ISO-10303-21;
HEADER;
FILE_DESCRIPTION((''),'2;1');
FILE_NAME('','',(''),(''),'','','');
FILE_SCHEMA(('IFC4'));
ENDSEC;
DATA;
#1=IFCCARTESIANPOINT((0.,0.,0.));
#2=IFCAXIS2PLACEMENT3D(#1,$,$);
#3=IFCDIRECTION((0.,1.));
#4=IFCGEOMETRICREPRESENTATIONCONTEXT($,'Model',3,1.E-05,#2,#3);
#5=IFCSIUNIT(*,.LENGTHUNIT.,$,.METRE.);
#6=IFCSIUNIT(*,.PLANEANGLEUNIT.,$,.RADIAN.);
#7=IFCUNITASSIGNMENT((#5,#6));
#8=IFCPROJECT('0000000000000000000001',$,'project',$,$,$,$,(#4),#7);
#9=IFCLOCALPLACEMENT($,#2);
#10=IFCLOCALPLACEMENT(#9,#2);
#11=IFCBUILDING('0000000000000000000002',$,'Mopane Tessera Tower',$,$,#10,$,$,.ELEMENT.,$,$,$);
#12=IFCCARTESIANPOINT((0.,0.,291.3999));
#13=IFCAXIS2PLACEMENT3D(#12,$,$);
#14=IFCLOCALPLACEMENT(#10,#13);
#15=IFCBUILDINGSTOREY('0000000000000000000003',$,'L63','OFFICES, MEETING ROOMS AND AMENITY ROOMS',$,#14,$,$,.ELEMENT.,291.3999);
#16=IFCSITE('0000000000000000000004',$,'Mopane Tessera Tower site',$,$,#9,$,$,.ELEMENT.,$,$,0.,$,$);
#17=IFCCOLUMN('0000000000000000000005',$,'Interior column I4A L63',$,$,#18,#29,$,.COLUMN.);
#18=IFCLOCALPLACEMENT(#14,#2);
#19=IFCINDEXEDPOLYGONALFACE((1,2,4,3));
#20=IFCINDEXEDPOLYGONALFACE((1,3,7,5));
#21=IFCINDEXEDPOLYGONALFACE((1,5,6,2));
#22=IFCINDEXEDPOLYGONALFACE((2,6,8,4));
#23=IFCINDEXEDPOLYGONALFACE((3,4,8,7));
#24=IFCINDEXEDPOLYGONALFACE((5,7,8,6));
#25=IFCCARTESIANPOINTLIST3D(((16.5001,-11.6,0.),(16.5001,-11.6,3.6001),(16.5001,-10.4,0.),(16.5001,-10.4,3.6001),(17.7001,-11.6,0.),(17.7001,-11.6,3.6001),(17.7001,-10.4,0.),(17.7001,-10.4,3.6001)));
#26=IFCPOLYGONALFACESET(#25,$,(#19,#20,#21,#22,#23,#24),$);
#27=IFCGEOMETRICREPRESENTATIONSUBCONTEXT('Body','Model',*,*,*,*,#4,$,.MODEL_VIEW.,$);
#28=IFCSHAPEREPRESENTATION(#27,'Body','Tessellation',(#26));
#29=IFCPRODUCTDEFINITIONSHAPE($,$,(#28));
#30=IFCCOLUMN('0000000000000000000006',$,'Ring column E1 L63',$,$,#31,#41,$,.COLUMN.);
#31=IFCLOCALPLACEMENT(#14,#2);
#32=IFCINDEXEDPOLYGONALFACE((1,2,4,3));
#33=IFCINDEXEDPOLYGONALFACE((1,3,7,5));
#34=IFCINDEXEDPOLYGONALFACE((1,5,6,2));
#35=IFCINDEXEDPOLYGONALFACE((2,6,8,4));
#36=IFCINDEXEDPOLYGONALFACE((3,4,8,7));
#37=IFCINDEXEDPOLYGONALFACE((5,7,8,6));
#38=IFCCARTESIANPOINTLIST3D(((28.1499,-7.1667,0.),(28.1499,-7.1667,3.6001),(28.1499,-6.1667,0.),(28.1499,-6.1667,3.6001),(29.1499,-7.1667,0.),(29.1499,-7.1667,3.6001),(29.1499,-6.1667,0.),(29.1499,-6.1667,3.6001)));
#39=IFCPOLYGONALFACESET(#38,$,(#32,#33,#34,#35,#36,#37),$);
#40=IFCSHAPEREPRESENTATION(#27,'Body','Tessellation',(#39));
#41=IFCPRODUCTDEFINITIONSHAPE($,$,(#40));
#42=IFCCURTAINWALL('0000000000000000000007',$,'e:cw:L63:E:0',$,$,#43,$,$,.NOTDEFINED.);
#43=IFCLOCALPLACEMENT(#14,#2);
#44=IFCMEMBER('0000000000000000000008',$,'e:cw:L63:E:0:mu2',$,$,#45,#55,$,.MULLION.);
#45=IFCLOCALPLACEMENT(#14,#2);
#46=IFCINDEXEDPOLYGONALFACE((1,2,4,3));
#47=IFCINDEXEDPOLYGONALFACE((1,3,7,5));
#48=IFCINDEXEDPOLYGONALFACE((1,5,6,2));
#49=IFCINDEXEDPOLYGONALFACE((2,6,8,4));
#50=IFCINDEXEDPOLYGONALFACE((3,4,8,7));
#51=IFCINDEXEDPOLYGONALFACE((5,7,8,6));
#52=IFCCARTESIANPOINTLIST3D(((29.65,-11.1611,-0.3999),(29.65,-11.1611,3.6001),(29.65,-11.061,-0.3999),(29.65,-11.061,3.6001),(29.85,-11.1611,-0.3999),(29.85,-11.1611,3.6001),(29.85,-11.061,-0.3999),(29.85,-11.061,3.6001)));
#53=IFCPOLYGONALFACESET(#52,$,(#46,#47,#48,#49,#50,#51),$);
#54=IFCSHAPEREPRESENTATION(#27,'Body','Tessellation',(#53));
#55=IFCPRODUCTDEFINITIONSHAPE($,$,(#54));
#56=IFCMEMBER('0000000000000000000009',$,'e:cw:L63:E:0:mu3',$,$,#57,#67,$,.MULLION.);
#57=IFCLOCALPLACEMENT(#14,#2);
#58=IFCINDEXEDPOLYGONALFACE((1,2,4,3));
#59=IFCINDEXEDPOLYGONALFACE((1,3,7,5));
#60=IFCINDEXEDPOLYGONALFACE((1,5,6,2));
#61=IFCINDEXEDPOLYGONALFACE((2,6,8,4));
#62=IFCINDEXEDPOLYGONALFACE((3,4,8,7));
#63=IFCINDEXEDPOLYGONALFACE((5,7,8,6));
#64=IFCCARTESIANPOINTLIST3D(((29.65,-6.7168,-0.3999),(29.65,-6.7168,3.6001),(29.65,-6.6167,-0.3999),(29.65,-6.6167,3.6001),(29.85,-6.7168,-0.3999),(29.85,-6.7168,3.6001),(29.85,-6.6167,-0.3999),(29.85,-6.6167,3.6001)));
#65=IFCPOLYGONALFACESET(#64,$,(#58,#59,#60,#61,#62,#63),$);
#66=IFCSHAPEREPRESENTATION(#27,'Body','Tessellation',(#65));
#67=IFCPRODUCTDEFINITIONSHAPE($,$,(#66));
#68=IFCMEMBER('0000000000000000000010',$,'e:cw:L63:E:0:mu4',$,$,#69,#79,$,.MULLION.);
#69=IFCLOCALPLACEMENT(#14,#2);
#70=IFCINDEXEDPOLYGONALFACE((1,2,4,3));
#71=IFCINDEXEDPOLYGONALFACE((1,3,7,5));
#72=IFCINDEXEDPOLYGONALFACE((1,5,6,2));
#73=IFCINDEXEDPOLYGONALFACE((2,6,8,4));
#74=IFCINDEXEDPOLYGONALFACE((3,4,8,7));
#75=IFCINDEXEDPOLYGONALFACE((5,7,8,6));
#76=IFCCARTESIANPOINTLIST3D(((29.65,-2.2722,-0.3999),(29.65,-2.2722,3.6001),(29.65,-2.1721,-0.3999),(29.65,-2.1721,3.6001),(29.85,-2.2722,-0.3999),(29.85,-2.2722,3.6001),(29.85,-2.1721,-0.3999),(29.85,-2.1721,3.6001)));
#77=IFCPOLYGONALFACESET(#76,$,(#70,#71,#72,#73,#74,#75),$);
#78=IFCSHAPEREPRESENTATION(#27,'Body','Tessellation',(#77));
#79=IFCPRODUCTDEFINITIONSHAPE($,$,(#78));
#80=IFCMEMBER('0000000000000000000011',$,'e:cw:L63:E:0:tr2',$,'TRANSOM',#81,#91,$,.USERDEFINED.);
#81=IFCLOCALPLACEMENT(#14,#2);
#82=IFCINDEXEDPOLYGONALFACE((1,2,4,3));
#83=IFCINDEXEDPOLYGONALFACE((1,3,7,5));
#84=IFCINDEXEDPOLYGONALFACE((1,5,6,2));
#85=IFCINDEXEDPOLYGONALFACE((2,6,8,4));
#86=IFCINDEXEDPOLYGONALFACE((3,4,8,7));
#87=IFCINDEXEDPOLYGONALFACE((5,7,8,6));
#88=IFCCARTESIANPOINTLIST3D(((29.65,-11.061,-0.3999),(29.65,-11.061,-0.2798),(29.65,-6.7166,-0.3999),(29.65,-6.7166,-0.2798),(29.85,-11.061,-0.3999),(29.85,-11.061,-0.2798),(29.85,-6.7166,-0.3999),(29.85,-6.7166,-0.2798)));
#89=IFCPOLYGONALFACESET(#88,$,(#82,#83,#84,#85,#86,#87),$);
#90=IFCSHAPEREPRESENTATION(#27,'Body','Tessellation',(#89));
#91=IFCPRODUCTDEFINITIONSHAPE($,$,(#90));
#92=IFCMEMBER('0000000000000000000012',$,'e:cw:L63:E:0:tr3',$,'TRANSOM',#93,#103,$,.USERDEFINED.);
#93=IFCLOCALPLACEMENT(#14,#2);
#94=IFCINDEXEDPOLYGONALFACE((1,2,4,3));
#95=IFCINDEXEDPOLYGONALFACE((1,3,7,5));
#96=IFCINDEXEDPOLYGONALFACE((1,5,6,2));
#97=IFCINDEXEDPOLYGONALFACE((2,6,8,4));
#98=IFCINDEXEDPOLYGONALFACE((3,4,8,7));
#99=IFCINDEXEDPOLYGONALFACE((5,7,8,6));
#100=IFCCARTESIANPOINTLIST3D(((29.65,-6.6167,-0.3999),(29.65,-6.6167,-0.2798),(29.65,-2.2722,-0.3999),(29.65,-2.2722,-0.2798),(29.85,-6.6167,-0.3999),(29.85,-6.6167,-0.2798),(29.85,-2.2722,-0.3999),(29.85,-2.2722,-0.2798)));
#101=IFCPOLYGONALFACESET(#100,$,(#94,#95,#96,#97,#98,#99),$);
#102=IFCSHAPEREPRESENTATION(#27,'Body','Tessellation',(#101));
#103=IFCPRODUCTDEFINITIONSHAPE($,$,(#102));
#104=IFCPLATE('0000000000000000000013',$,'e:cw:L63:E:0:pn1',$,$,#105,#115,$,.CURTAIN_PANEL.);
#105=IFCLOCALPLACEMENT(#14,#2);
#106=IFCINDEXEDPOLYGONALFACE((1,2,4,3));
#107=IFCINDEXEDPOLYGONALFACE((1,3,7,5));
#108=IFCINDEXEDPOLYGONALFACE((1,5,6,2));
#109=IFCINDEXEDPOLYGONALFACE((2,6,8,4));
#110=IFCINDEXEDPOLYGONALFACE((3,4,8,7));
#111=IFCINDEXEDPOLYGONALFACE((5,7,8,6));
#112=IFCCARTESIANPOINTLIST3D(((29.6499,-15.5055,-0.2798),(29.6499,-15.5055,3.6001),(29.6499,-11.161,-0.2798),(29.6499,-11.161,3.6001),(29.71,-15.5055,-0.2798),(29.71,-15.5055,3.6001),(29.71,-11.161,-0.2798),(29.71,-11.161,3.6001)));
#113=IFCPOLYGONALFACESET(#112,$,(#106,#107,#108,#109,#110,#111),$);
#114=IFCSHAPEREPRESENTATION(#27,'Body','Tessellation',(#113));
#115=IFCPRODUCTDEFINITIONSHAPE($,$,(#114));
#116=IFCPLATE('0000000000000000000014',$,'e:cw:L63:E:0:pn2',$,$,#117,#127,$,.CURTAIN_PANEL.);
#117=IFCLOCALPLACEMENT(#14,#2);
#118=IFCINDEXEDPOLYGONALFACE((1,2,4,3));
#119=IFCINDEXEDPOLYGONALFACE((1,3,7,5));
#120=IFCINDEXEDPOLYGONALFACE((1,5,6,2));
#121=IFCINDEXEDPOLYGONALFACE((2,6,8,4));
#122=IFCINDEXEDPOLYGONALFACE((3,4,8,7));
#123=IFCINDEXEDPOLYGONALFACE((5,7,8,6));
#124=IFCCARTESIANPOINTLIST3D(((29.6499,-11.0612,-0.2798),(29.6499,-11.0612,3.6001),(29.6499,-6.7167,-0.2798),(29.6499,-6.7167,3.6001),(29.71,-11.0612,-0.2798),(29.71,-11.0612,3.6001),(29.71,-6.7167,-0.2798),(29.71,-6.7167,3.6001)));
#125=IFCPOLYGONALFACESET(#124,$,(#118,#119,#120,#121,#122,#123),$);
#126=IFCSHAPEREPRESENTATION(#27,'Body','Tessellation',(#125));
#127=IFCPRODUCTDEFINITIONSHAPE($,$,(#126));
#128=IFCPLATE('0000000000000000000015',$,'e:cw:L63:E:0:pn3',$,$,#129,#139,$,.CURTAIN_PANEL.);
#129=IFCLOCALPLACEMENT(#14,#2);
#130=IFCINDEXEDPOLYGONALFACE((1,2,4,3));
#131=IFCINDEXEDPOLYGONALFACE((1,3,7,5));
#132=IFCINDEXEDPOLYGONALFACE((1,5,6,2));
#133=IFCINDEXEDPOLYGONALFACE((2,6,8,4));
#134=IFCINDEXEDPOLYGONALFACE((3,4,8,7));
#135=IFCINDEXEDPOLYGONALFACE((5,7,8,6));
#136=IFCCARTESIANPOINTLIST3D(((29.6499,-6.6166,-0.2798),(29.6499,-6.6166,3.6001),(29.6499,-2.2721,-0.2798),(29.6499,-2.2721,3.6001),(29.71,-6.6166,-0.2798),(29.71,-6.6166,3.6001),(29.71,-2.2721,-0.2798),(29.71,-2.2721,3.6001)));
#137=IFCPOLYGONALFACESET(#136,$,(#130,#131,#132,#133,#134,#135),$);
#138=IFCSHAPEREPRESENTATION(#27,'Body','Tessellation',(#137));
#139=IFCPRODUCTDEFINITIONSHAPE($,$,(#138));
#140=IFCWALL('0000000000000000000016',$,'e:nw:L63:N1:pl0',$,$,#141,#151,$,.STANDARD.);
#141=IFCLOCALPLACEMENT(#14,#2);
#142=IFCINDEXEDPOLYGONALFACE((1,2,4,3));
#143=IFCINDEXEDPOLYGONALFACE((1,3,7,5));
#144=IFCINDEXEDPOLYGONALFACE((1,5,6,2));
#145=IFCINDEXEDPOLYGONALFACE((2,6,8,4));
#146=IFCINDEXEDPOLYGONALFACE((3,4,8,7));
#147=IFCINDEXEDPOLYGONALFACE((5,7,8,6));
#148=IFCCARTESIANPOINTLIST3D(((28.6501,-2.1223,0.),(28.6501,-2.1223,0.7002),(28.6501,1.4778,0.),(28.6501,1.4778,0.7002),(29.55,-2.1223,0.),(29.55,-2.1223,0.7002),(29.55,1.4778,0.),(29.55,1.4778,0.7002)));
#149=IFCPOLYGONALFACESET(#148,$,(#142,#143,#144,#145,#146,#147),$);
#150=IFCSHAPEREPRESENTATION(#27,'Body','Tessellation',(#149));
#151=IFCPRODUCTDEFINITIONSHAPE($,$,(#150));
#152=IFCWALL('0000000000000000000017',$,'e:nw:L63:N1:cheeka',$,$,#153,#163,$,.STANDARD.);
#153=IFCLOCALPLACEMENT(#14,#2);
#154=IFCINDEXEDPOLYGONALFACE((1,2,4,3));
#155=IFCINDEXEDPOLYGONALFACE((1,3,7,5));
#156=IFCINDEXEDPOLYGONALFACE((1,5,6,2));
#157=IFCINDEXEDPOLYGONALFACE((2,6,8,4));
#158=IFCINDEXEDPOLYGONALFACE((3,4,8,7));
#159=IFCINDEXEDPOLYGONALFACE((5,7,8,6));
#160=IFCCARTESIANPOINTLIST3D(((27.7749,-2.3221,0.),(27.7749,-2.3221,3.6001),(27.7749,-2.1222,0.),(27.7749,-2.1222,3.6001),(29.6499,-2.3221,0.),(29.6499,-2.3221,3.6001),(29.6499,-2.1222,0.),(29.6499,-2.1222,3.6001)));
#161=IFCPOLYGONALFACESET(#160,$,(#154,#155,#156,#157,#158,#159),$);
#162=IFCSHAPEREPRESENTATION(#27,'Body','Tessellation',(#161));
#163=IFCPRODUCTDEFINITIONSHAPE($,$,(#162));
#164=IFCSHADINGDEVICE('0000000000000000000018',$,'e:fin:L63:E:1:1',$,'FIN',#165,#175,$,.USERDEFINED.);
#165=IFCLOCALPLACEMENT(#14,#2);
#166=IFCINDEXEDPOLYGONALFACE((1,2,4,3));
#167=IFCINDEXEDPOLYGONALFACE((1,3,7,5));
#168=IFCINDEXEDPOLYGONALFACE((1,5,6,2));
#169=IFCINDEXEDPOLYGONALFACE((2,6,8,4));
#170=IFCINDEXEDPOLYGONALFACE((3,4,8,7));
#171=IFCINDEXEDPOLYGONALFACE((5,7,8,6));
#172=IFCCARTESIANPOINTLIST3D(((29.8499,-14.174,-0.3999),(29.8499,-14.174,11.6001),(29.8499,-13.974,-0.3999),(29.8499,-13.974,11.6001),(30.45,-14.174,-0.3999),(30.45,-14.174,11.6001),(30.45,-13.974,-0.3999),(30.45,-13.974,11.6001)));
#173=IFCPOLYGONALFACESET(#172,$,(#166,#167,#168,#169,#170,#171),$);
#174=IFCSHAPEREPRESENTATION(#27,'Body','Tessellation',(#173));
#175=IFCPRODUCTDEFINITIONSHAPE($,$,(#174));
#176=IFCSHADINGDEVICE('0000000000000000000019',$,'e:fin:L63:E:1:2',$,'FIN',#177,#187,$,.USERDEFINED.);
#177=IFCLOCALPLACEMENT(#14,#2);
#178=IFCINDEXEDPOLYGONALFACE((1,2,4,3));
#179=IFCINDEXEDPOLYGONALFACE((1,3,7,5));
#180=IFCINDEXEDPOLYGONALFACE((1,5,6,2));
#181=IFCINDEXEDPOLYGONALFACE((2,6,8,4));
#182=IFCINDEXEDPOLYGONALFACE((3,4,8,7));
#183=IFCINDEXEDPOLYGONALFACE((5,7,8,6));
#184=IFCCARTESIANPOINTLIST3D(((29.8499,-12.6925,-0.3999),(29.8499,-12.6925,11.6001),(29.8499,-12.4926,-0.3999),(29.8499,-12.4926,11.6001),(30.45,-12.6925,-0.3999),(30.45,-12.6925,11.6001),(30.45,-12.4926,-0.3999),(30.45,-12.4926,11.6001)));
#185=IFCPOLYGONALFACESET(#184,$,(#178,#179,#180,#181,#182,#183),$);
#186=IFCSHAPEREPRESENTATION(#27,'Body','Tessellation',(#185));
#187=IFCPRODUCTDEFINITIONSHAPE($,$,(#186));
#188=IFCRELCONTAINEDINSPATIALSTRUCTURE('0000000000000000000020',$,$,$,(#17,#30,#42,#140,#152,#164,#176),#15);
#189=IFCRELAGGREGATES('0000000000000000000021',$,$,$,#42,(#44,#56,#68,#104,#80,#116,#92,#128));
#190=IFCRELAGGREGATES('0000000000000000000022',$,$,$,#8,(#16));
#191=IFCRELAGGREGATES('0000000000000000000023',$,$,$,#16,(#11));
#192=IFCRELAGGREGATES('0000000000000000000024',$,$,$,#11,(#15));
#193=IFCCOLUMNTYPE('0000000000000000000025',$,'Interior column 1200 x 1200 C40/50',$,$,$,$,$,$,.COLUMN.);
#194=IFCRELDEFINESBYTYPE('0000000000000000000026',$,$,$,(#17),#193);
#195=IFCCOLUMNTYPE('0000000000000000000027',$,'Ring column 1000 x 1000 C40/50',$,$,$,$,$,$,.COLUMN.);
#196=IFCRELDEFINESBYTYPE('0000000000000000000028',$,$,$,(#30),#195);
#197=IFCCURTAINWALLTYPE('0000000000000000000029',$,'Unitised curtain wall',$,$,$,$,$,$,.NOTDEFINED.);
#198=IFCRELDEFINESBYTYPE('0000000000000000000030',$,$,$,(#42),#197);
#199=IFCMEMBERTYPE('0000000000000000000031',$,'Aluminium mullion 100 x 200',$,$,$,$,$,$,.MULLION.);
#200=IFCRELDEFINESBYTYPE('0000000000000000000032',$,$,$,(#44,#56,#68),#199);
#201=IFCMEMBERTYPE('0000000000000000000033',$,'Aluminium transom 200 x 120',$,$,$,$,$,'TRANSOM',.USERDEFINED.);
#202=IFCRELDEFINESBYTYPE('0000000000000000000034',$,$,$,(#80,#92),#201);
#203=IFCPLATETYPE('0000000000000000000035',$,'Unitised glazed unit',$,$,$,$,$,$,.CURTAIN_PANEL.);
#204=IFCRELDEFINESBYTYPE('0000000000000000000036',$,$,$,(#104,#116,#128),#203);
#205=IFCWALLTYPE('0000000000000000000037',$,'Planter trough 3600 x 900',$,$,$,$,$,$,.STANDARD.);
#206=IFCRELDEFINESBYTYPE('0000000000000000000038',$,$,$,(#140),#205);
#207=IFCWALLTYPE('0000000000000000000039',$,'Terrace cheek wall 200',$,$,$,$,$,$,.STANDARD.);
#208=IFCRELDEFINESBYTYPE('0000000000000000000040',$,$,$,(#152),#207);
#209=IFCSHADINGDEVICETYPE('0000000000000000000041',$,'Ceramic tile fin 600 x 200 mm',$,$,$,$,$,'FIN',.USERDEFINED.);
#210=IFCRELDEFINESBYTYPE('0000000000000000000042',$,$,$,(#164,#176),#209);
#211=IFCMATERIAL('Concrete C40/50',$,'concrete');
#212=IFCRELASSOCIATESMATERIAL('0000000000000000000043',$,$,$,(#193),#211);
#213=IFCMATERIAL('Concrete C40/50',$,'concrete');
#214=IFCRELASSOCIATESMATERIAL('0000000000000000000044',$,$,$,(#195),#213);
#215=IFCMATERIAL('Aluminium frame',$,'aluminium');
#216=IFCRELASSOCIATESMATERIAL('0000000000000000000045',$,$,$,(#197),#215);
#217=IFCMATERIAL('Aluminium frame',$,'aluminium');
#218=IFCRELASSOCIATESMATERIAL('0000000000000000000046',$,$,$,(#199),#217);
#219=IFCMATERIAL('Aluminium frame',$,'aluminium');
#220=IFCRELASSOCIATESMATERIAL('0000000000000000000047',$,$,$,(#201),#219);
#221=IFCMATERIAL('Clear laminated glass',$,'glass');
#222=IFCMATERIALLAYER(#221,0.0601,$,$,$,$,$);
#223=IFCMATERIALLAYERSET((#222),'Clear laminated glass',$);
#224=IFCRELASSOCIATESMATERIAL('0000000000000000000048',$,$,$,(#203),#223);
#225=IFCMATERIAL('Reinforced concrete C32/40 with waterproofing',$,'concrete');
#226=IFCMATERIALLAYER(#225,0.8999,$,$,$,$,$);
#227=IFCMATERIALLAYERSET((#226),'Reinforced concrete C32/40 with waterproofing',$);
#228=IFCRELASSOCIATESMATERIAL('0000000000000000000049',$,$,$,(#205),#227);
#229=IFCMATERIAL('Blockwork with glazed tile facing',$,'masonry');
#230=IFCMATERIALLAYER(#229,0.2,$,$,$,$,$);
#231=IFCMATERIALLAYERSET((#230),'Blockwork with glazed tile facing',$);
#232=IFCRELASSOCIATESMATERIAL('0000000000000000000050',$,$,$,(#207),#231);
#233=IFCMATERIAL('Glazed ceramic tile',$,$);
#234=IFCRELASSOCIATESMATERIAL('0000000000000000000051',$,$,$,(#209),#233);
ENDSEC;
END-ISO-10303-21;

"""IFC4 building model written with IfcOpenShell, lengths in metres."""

from ifc_helpers import new_model, si_unit, direction, frame, frame_2d, origin, origin_2d, place, context, subcontext, project, spatial, rectangle, extrude, material, layer, layer_set, material_profile, profile_set, type_object, element, aggregate, save


model = new_model("IFC4")

# Units and contexts
model_context = context("Model", 3, precision=1e-05, world=origin(), true_north=direction((0.0, 1.0)))
body_context = subcontext(model_context, "Body", "Model", "MODEL_VIEW")
ifc_project = project(units=[si_unit("LENGTHUNIT", "METRE"), si_unit("PLANEANGLEUNIT", "RADIAN")], contexts=[model_context])

# Site, building, storey
site_placement = place(None, origin())
site = spatial("IfcSite", under=ifc_project, at=site_placement, Name="Mopane Tessera Tower site", CompositionType="ELEMENT", RefElevation=0.0)
building_placement = place(site_placement, origin())
building = spatial("IfcBuilding", under=site, at=building_placement, Name="Mopane Tessera Tower", CompositionType="ELEMENT")
storey_placement = place(building_placement, frame((0.0, 0.0, 291.3999)))
storey = spatial("IfcBuildingStorey", under=building, at=storey_placement, Name="L63", Description="OFFICES, MEETING ROOMS AND AMENITY ROOMS", CompositionType="ELEMENT", Elevation=291.3999)

# Columns
ifc_material_1 = material(Name="Concrete C40/50", Category="concrete")
ifc_material_profile_1 = material_profile(ifc_material_1, rectangle(XDim=1.2, YDim=1.2, at=origin_2d()))
ifc_profile_set_1 = profile_set([ifc_material_profile_1], Name="Concrete C40/50")
column_type_1 = type_object("IfcColumnType", Name="Interior column 1200 x 1200 C40/50", PredefinedType="COLUMN", material=ifc_profile_set_1)
column_1_placement = place(storey_placement, frame((17.1001, -11.0, 0.0), z_axis=(0.0, 0.0, 1.0), x_axis=(1.0, 0.0, 0.0)))
element("IfcColumn", 1, at=column_1_placement, inside=storey, type_object=column_type_1, Name="Interior column I4A L63", PredefinedType="COLUMN", context=body_context, shape_type="SweptSolid", body=[
    extrude(rectangle(XDim=1.2, YDim=1.2, at=origin_2d()), origin(), (0.0, 0.0, 1.0), 3.6001),
])
ifc_material_2 = material(Name="Concrete C40/50", Category="concrete")
ifc_material_profile_2 = material_profile(ifc_material_2, rectangle(XDim=1.0, YDim=1.0, at=origin_2d()))
ifc_profile_set_2 = profile_set([ifc_material_profile_2], Name="Concrete C40/50")
column_type_2 = type_object("IfcColumnType", Name="Ring column 1000 x 1000 C40/50", PredefinedType="COLUMN", material=ifc_profile_set_2)
column_2_placement = place(storey_placement, frame((28.6499, -6.6667, 0.0), z_axis=(0.0, 0.0, 1.0), x_axis=(1.0, 0.0, 0.0)))
element("IfcColumn", 2, at=column_2_placement, inside=storey, type_object=column_type_2, Name="Ring column E1 L63", PredefinedType="COLUMN", context=body_context, shape_type="SweptSolid", body=[
    extrude(rectangle(XDim=1.0, YDim=1.0, at=origin_2d()), origin(), (0.0, 0.0, 1.0), 3.6001),
])

# Curtain wall, members, plates
ifc_material_3 = material(Name="Aluminium frame", Category="aluminium")
curtain_wall_type = type_object("IfcCurtainWallType", Name="Unitised curtain wall", PredefinedType="NOTDEFINED", material=ifc_material_3)
curtain_wall_placement = place(storey_placement, origin())
curtain_wall = element("IfcCurtainWall", 3, at=curtain_wall_placement, inside=storey, type_object=curtain_wall_type, Name="e:cw:L63:E:0", PredefinedType="NOTDEFINED")
ifc_material_4 = material(Name="Aluminium frame", Category="aluminium")
ifc_material_profile_3 = material_profile(ifc_material_4, rectangle(XDim=0.1001, YDim=0.2, at=origin_2d()))
ifc_profile_set_3 = profile_set([ifc_material_profile_3], Name="Aluminium frame")
member_type_1 = type_object("IfcMemberType", Name="Aluminium mullion 100 x 200", PredefinedType="MULLION", material=ifc_profile_set_3)
member_1_placement = place(storey_placement, frame((29.75, -11.1111, -0.3999), z_axis=(0.0, 0.0, 1.0), x_axis=(0.0, 1.0, 0.0)))
member_1 = element("IfcMember", 4, at=member_1_placement, type_object=member_type_1, Name="e:cw:L63:E:0:mu2", PredefinedType="MULLION", context=body_context, shape_type="SweptSolid", body=[
    extrude(rectangle(XDim=0.1001, YDim=0.2, at=origin_2d()), origin(), (0.0, 0.0, 1.0), 4.0),
])
member_2_placement = place(storey_placement, frame((29.75, -6.6667, -0.3999), z_axis=(0.0, 0.0, 1.0), x_axis=(0.0, 1.0, 0.0)))
member_2 = element("IfcMember", 5, at=member_2_placement, type_object=member_type_1, Name="e:cw:L63:E:0:mu3", PredefinedType="MULLION", context=body_context, shape_type="SweptSolid", body=[
    extrude(rectangle(XDim=0.1001, YDim=0.2, at=origin_2d()), origin(), (0.0, 0.0, 1.0), 4.0),
])
member_3_placement = place(storey_placement, frame((29.75, -2.2222, -0.3999), z_axis=(0.0, 0.0, 1.0), x_axis=(0.0, 1.0, 0.0)))
member_3 = element("IfcMember", 6, at=member_3_placement, type_object=member_type_1, Name="e:cw:L63:E:0:mu4", PredefinedType="MULLION", context=body_context, shape_type="SweptSolid", body=[
    extrude(rectangle(XDim=0.1001, YDim=0.2, at=origin_2d()), origin(), (0.0, 0.0, 1.0), 4.0),
])
ifc_material_5 = material(Name="Aluminium frame", Category="aluminium")
ifc_material_profile_4 = material_profile(ifc_material_5, rectangle(XDim=0.2, YDim=0.1201, at=origin_2d()))
ifc_profile_set_4 = profile_set([ifc_material_profile_4], Name="Aluminium frame")
member_type_2 = type_object("IfcMemberType", Name="Aluminium transom 200 x 120", ElementType="TRANSOM", PredefinedType="USERDEFINED", material=ifc_profile_set_4)
member_4_placement = place(storey_placement, frame((29.75, -11.061, -0.3398), z_axis=(0.0, 1.0, 0.0), x_axis=(-1.0, 0.0, 0.0)))
member_4 = element("IfcMember", 7, at=member_4_placement, type_object=member_type_2, Name="e:cw:L63:E:0:tr2", ObjectType="TRANSOM", PredefinedType="USERDEFINED", context=body_context, shape_type="SweptSolid", body=[
    extrude(rectangle(XDim=0.2, YDim=0.1201, at=origin_2d()), origin(), (0.0, 0.0, 1.0), 4.3445),
])
member_5_placement = place(storey_placement, frame((29.75, -6.6167, -0.3398), z_axis=(0.0, 1.0, 0.0), x_axis=(-1.0, 0.0, 0.0)))
member_5 = element("IfcMember", 8, at=member_5_placement, type_object=member_type_2, Name="e:cw:L63:E:0:tr3", ObjectType="TRANSOM", PredefinedType="USERDEFINED", context=body_context, shape_type="SweptSolid", body=[
    extrude(rectangle(XDim=0.2, YDim=0.1201, at=origin_2d()), origin(), (0.0, 0.0, 1.0), 4.3445),
])
ifc_material_6 = material(Name="Clear laminated glass", Category="glass")
ifc_layer_1 = layer(ifc_material_6, 0.0601)
ifc_layer_set_1 = layer_set([ifc_layer_1], Name="Clear laminated glass")
plate_type = type_object("IfcPlateType", Name="Unitised glazed unit", PredefinedType="CURTAIN_PANEL", material=ifc_layer_set_1)
plate_1_placement = place(storey_placement, frame((29.6799, -13.3333, -0.2798), z_axis=(0.0, 0.0, 1.0), x_axis=(0.0, 1.0, 0.0)))
plate_1 = element("IfcPlate", 9, at=plate_1_placement, type_object=plate_type, Name="e:cw:L63:E:0:pn1", PredefinedType="CURTAIN_PANEL", context=body_context, shape_type="SweptSolid", body=[
    extrude(rectangle(XDim=4.3445, YDim=0.0601, at=origin_2d()), origin(), (0.0, 0.0, 1.0), 3.8799),
])
plate_2_placement = place(storey_placement, frame((29.6799, -8.8889, -0.2798), z_axis=(0.0, 0.0, 1.0), x_axis=(0.0, 1.0, 0.0)))
plate_2 = element("IfcPlate", 10, at=plate_2_placement, type_object=plate_type, Name="e:cw:L63:E:0:pn2", PredefinedType="CURTAIN_PANEL", context=body_context, shape_type="SweptSolid", body=[
    extrude(rectangle(XDim=4.3445, YDim=0.0601, at=origin_2d()), origin(), (0.0, 0.0, 1.0), 3.8799),
])
plate_3_placement = place(storey_placement, frame((29.6799, -4.4443, -0.2798), z_axis=(0.0, 0.0, 1.0), x_axis=(0.0, 1.0, 0.0)))
plate_3 = element("IfcPlate", 11, at=plate_3_placement, type_object=plate_type, Name="e:cw:L63:E:0:pn3", PredefinedType="CURTAIN_PANEL", context=body_context, shape_type="SweptSolid", body=[
    extrude(rectangle(XDim=4.3445, YDim=0.0601, at=origin_2d()), origin(), (0.0, 0.0, 1.0), 3.8799),
])
aggregate(curtain_wall, [member_1, member_2, member_3, plate_1, member_4, plate_2, member_5, plate_3])

# Walls
ifc_material_7 = material(Name="Reinforced concrete C32/40 with waterproofing", Category="concrete")
ifc_layer_2 = layer(ifc_material_7, 0.8999)
ifc_layer_set_2 = layer_set([ifc_layer_2], Name="Reinforced concrete C32/40 with waterproofing")
wall_type_1 = type_object("IfcWallType", Name="Planter trough 3600 x 900", PredefinedType="STANDARD", material=ifc_layer_set_2)
wall_1_placement = place(storey_placement, frame((29.1001, -2.1223, 0.0), z_axis=(0.0, 0.0, 1.0), x_axis=(0.0, 1.0, 0.0)))
element("IfcWall", 12, at=wall_1_placement, inside=storey, type_object=wall_type_1, Name="e:nw:L63:N1:pl0", PredefinedType="STANDARD", context=body_context, shape_type="SweptSolid", body=[
    extrude(rectangle(XDim=3.6001, YDim=0.8999, at=frame_2d((1.8, 0.0))), origin(), (0.0, 0.0, 1.0), 0.7002),
])
ifc_material_8 = material(Name="Blockwork with glazed tile facing", Category="masonry")
ifc_layer_3 = layer(ifc_material_8, 0.2)
ifc_layer_set_3 = layer_set([ifc_layer_3], Name="Blockwork with glazed tile facing")
wall_type_2 = type_object("IfcWallType", Name="Terrace cheek wall 200", PredefinedType="STANDARD", material=ifc_layer_set_3)
wall_2_placement = place(storey_placement, frame((29.6499, -2.2222, 0.0), z_axis=(0.0, 0.0, 1.0), x_axis=(-1.0, 0.0, 0.0)))
element("IfcWall", 13, at=wall_2_placement, inside=storey, type_object=wall_type_2, Name="e:nw:L63:N1:cheeka", PredefinedType="STANDARD", context=body_context, shape_type="SweptSolid", body=[
    extrude(rectangle(XDim=1.875, YDim=0.2, at=frame_2d((0.9375, 0.0))), origin(), (0.0, 0.0, 1.0), 3.6001),
])

# Shading devices
ifc_material_9 = material(Name="Glazed ceramic tile")
shading_device_type = type_object("IfcShadingDeviceType", Name="Ceramic tile fin 600 x 200 mm", ElementType="FIN", PredefinedType="USERDEFINED", material=ifc_material_9)
for number, where, z_axis, x_axis, name in (
    (14, (30.1499, -14.074, -0.3999), (0.0, 0.0, 1.0), (0.0, 1.0, 0.0), "e:fin:L63:E:1:1"),
    (15, (30.1499, -12.5925, -0.3999), (0.0, 0.0, 1.0), (0.0, 1.0, 0.0), "e:fin:L63:E:1:2"),
):
    element("IfcShadingDevice", number, at=place(storey_placement, frame(where, z_axis=z_axis, x_axis=x_axis)), inside=storey, type_object=shading_device_type, Name=name, ObjectType="FIN", PredefinedType="USERDEFINED", context=body_context, shape_type="SweptSolid", body=[
        extrude(rectangle(XDim=0.2, YDim=0.6001, at=origin_2d()), origin(), (0.0, 0.0, 1.0), 12.0),
    ])

save(model, "model.ifc")
